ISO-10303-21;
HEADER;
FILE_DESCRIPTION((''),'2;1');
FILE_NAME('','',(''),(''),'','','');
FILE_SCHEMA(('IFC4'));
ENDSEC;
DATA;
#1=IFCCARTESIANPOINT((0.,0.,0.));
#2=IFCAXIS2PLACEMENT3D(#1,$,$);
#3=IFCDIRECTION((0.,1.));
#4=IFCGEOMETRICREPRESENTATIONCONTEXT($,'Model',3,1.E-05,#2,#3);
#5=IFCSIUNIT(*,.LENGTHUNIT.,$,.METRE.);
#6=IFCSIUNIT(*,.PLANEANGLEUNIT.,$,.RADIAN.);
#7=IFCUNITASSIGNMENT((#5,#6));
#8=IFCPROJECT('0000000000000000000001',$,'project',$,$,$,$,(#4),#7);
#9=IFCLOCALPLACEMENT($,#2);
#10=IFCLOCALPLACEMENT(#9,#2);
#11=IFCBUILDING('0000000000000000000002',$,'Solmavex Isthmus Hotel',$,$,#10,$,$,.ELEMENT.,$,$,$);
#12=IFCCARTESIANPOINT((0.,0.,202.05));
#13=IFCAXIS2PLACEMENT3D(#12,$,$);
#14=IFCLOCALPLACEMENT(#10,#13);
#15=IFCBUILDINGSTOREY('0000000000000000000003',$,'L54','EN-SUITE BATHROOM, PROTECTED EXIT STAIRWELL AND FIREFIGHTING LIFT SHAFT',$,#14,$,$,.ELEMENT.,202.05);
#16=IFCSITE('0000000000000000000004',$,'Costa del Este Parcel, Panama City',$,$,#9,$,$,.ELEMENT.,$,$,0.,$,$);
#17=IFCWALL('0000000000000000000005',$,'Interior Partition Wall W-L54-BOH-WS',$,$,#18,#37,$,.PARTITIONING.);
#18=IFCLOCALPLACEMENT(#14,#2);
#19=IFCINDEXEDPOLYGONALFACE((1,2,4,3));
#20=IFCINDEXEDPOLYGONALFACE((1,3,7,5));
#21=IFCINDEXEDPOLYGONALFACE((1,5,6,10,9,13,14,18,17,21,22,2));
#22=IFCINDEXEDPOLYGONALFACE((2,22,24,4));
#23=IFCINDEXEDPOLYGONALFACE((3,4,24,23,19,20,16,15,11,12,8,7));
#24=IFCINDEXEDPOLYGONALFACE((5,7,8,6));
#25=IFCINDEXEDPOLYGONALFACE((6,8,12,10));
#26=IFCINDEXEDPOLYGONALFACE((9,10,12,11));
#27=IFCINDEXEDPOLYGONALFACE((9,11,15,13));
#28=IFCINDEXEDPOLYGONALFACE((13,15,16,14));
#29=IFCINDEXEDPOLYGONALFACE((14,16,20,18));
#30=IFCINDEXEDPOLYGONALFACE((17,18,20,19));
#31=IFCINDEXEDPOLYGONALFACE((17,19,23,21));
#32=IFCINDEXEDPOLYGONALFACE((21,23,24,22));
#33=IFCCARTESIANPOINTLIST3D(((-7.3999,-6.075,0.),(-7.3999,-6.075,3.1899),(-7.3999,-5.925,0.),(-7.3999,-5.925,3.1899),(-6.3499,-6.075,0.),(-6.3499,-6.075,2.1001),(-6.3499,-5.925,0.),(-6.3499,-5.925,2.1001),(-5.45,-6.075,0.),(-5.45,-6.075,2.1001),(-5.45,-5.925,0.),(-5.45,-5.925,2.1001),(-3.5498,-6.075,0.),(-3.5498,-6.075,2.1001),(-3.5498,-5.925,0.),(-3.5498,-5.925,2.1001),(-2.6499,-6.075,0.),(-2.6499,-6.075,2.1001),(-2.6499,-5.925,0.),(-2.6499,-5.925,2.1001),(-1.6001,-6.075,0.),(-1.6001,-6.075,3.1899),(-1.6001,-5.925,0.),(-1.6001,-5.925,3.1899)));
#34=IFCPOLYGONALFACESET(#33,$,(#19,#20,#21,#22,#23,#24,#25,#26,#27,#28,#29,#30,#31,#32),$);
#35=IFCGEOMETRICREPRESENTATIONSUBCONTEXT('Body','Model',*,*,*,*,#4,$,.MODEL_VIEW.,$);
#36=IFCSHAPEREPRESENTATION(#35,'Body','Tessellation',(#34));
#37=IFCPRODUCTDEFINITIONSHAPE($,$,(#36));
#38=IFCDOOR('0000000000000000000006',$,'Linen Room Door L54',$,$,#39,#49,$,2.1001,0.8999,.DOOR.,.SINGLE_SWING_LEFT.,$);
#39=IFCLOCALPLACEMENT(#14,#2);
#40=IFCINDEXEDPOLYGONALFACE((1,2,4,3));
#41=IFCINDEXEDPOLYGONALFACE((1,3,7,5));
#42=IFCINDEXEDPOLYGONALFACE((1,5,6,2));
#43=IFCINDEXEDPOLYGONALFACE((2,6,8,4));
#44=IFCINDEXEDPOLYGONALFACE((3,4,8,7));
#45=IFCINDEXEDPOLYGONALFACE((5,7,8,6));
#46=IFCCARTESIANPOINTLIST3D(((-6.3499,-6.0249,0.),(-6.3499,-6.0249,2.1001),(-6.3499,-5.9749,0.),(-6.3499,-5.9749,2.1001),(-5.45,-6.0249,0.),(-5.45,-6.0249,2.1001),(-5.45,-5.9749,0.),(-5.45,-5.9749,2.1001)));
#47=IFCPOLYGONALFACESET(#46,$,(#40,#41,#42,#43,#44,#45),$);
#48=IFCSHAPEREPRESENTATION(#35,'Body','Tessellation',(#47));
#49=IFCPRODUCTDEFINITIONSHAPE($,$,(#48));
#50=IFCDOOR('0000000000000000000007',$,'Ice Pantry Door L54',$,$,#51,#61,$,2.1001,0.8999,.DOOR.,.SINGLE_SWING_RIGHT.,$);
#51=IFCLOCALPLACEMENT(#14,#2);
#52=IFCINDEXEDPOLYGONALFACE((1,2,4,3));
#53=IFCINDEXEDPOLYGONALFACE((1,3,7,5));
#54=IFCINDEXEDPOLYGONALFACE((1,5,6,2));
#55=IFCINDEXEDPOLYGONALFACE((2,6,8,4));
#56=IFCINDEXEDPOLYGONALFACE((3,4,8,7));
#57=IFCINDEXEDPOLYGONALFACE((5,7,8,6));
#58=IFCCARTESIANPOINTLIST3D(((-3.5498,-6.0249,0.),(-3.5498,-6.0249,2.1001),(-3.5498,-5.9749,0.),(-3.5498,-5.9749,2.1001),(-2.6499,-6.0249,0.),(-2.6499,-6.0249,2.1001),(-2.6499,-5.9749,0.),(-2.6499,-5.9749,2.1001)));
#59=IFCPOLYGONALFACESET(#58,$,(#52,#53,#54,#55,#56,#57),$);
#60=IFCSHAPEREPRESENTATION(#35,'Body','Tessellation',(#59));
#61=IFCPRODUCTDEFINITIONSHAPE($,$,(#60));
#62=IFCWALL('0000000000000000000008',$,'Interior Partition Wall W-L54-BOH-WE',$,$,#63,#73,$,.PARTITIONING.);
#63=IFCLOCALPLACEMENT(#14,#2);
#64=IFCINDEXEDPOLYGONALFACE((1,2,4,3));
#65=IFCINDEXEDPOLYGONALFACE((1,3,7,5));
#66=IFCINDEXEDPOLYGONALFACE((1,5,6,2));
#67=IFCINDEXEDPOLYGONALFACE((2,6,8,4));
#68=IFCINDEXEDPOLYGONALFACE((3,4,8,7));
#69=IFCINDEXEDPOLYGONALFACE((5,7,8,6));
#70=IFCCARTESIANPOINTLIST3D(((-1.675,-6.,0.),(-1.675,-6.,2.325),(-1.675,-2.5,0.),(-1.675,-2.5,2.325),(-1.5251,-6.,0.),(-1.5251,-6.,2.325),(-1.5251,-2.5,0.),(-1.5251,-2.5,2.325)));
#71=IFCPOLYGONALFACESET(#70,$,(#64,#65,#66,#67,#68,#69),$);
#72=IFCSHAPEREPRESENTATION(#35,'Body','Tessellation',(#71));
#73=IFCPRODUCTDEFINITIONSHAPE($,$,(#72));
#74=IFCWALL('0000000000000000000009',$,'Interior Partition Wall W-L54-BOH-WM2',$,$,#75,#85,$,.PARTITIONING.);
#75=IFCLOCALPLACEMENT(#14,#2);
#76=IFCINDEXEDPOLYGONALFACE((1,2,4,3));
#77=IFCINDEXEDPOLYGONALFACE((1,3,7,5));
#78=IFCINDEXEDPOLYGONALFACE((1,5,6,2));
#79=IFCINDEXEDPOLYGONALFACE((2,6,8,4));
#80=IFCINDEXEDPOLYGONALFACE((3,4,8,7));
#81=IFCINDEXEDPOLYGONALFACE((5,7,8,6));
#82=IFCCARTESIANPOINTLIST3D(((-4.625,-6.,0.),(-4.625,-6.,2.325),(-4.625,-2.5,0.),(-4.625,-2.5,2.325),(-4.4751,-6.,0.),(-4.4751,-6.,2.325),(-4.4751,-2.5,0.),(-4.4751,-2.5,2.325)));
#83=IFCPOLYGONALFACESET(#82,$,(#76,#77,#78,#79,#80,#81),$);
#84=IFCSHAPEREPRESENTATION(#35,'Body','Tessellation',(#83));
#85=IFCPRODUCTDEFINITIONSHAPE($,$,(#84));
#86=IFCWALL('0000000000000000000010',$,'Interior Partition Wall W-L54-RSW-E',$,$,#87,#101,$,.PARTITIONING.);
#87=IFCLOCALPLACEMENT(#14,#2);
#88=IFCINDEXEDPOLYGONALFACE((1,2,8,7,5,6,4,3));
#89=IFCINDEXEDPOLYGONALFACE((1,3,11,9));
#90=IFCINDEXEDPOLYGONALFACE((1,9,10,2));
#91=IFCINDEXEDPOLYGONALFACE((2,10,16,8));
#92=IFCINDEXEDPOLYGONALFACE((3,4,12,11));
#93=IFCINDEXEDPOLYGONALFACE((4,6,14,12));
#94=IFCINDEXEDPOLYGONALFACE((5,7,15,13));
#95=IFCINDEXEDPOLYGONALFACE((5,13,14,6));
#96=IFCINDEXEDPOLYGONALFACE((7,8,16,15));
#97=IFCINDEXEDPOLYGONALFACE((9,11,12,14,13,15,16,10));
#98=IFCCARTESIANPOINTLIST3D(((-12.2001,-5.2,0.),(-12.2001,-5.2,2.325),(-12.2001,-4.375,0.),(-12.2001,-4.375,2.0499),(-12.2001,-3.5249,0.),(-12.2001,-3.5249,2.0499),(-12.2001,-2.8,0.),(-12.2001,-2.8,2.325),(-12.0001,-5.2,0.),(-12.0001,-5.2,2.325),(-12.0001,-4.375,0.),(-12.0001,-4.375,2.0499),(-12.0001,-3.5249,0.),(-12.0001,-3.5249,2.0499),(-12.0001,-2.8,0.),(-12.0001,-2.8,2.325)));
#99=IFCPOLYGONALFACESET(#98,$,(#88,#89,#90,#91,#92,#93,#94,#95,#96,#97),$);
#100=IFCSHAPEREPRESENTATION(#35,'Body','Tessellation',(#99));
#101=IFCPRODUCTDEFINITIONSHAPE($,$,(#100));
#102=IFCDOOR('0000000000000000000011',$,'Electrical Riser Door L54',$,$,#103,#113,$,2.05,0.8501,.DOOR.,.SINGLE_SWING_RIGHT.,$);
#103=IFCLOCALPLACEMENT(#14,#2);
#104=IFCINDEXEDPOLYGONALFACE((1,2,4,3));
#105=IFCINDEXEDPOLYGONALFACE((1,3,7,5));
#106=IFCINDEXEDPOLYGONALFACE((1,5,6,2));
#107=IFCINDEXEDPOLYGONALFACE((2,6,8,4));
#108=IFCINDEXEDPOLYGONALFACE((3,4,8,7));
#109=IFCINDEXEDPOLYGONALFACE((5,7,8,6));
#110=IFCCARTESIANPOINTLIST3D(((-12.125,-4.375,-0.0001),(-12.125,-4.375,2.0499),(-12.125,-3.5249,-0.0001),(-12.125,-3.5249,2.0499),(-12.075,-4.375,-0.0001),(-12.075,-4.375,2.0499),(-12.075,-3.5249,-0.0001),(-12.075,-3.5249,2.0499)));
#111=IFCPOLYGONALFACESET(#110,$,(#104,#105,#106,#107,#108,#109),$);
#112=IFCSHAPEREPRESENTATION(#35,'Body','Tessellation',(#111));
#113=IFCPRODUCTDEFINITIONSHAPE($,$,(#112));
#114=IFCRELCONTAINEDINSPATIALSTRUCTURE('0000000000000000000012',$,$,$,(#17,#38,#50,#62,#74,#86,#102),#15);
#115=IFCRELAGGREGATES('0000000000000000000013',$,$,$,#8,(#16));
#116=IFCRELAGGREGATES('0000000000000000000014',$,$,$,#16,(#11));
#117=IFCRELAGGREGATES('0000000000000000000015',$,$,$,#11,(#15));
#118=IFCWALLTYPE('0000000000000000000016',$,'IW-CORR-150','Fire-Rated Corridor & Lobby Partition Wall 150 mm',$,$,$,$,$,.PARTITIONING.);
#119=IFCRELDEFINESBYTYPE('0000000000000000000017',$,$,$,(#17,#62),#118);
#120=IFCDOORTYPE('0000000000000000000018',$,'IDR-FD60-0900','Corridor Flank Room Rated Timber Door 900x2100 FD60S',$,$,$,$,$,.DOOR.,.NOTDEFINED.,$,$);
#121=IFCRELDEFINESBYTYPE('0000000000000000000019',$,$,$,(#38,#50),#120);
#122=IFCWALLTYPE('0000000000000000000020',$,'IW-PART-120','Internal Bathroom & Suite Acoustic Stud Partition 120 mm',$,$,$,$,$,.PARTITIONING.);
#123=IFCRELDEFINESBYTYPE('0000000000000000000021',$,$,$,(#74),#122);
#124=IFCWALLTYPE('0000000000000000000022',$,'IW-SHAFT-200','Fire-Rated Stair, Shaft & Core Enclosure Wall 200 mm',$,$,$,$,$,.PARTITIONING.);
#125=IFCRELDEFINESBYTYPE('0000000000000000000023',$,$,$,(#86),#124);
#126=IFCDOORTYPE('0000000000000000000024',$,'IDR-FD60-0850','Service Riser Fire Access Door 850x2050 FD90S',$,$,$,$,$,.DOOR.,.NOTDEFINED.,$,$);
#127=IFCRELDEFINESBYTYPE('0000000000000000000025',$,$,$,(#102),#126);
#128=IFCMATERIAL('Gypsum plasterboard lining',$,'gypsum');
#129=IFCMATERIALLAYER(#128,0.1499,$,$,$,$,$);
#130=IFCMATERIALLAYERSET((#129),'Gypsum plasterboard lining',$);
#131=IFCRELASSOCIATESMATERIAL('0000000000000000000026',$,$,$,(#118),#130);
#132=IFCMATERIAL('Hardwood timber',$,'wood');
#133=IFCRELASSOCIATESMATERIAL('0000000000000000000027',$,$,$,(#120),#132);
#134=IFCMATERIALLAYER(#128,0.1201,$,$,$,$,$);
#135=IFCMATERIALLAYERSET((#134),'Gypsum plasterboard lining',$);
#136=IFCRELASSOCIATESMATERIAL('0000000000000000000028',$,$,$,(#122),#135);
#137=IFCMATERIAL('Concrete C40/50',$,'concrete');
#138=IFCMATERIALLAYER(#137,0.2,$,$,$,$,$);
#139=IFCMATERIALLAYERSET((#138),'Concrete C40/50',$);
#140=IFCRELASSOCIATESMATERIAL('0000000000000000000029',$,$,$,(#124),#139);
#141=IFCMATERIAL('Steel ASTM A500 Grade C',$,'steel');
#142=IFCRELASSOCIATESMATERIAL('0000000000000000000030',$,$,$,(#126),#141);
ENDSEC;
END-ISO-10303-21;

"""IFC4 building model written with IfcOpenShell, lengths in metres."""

from ifc_helpers import new_model, si_unit, direction, frame, frame_2d, origin, place, context, subcontext, project, spatial, rectangle, extrude, material, layer, layer_set, type_object, element, fill, save


model = new_model("IFC4")

# Units and contexts
model_context = context("Model", 3, precision=1e-05, world=origin(), true_north=direction((0.0, 1.0)))
body_context = subcontext(model_context, "Body", "Model", "MODEL_VIEW")
ifc_project = project(units=[si_unit("LENGTHUNIT", "METRE"), si_unit("PLANEANGLEUNIT", "RADIAN")], contexts=[model_context])

# Site, building, storey
site_placement = place(None, origin())
site = spatial("IfcSite", under=ifc_project, at=site_placement, Name="Costa del Este Parcel, Panama City", CompositionType="ELEMENT", RefElevation=0.0)
building_placement = place(site_placement, origin())
building = spatial("IfcBuilding", under=site, at=building_placement, Name="Solmavex Isthmus Hotel", CompositionType="ELEMENT")
storey_placement = place(building_placement, frame((0.0, 0.0, 202.05)))
storey = spatial("IfcBuildingStorey", under=building, at=storey_placement, Name="L54", Description="EN-SUITE BATHROOM, PROTECTED EXIT STAIRWELL AND FIREFIGHTING LIFT SHAFT", CompositionType="ELEMENT", Elevation=202.05)

# Shared definitions
ifc_material_1 = material(Name="Concrete C40/50", Category="concrete")

# Shared definitions
ifc_material_2 = material(Name="Gypsum plasterboard lining", Category="gypsum")
ifc_material_3 = material(Name="Hardwood timber", Category="wood")

# Wall, openings, doors
ifc_layer_1 = layer(ifc_material_2, 0.1499)
ifc_layer_set_1 = layer_set([ifc_layer_1], Name="Gypsum plasterboard lining")
wall_type_1 = type_object("IfcWallType", Name="IW-CORR-150", Description="Fire-Rated Corridor & Lobby Partition Wall 150 mm", PredefinedType="PARTITIONING", material=ifc_layer_set_1)
wall_1_placement = place(storey_placement, frame((-7.3999, -6.0, 0.0), z_axis=(0.0, 0.0, 1.0), x_axis=(1.0, 0.0, 0.0)))
wall_1 = element("IfcWall", 1, at=wall_1_placement, inside=storey, type_object=wall_type_1, Name="Interior Partition Wall W-L54-BOH-WS", PredefinedType="PARTITIONING", context=body_context, shape_type="SweptSolid", body=[
    extrude(rectangle(XDim=5.7998, YDim=0.1499, at=frame_2d((2.8999, 0.0))), origin(), (0.0, 0.0, 1.0), 3.1899),
])
opening_1_placement = place(wall_1_placement, frame((1.05, 0.0, 0.0)))
opening_1 = element("IfcOpeningElement", 2, at=opening_1_placement, cuts=wall_1, PredefinedType="OPENING", context=body_context, shape_type="SweptSolid", body=[
    extrude(rectangle(XDim=0.8999, YDim=2.1001, at=frame_2d((0.45, 1.05))), frame((0.0, 0.085, 0.0), z_axis=(0.0, -1.0, 0.0), x_axis=(1.0, 0.0, 0.0)), (0.0, 0.0, 1.0), 0.1699),
])
opening_2_placement = place(wall_1_placement, frame((3.8501, 0.0, 0.0)))
opening_2 = element("IfcOpeningElement", 3, at=opening_2_placement, cuts=wall_1, PredefinedType="OPENING", context=body_context, shape_type="SweptSolid", body=[
    extrude(rectangle(XDim=0.8999, YDim=2.1001, at=frame_2d((0.45, 1.05))), frame((0.0, 0.085, 0.0), z_axis=(0.0, -1.0, 0.0), x_axis=(1.0, 0.0, 0.0)), (0.0, 0.0, 1.0), 0.1699),
])
door_type_1 = type_object("IfcDoorType", Name="IDR-FD60-0900", Description="Corridor Flank Room Rated Timber Door 900x2100 FD60S", OperationType="NOTDEFINED", PredefinedType="DOOR", material=ifc_material_3)
door_1_placement = place(opening_1_placement, frame((0.8999, 0.0, 0.0), z_axis=(0.0, 0.0, 1.0), x_axis=(-1.0, 0.0, 0.0)))
door_1 = element("IfcDoor", 4, at=door_1_placement, inside=storey, type_object=door_type_1, Name="Linen Room Door L54", OperationType="SINGLE_SWING_LEFT", OverallHeight=2.1001, OverallWidth=0.8999, PredefinedType="DOOR", context=body_context, shape_type="SweptSolid", body=[
    extrude(rectangle(XDim=0.8999, YDim=2.1001, at=frame_2d((0.45, 1.05))), frame((0.0, 0.0249, 0.0), z_axis=(0.0, -1.0, 0.0), x_axis=(1.0, 0.0, 0.0)), (0.0, 0.0, 1.0), 0.05),
])
fill(opening_1, door_1)
door_2_placement = place(opening_2_placement, frame((0.8999, 0.0, 0.0), z_axis=(0.0, 0.0, 1.0), x_axis=(-1.0, 0.0, 0.0)))
door_2 = element("IfcDoor", 5, at=door_2_placement, inside=storey, type_object=door_type_1, Name="Ice Pantry Door L54", OperationType="SINGLE_SWING_RIGHT", OverallHeight=2.1001, OverallWidth=0.8999, PredefinedType="DOOR", context=body_context, shape_type="SweptSolid", body=[
    extrude(rectangle(XDim=0.8999, YDim=2.1001, at=frame_2d((0.45, 1.05))), frame((0.0, 0.0249, 0.0), z_axis=(0.0, -1.0, 0.0), x_axis=(1.0, 0.0, 0.0)), (0.0, 0.0, 1.0), 0.05),
])
fill(opening_2, door_2)

# Walls
wall_2_placement = place(storey_placement, frame((-1.6001, -6.0, 0.0), z_axis=(0.0, 0.0, 1.0), x_axis=(0.0, 1.0, 0.0)))
element("IfcWall", 6, at=wall_2_placement, inside=storey, type_object=wall_type_1, Name="Interior Partition Wall W-L54-BOH-WE", PredefinedType="PARTITIONING", context=body_context, shape_type="SweptSolid", body=[
    extrude(rectangle(XDim=3.5, YDim=0.1499, at=frame_2d((1.75, 0.0))), origin(), (0.0, 0.0, 1.0), 2.325),
])
ifc_layer_2 = layer(ifc_material_2, 0.1201)
ifc_layer_set_2 = layer_set([ifc_layer_2], Name="Gypsum plasterboard lining")
wall_type_2 = type_object("IfcWallType", Name="IW-PART-120", Description="Internal Bathroom & Suite Acoustic Stud Partition 120 mm", PredefinedType="PARTITIONING", material=ifc_layer_set_2)
wall_3_placement = place(storey_placement, frame((-4.55, -6.0, 0.0), z_axis=(0.0, 0.0, 1.0), x_axis=(0.0, 1.0, 0.0)))
element("IfcWall", 7, at=wall_3_placement, inside=storey, type_object=wall_type_2, Name="Interior Partition Wall W-L54-BOH-WM2", PredefinedType="PARTITIONING", context=body_context, shape_type="SweptSolid", body=[
    extrude(rectangle(XDim=3.5, YDim=0.1499, at=frame_2d((1.75, 0.0))), origin(), (0.0, 0.0, 1.0), 2.325),
])

# Wall, opening, door
ifc_layer_3 = layer(ifc_material_1, 0.2)
ifc_layer_set_3 = layer_set([ifc_layer_3], Name="Concrete C40/50")
wall_type_3 = type_object("IfcWallType", Name="IW-SHAFT-200", Description="Fire-Rated Stair, Shaft & Core Enclosure Wall 200 mm", PredefinedType="PARTITIONING", material=ifc_layer_set_3)
wall_4_placement = place(storey_placement, frame((-12.1001, -5.2, 0.0), z_axis=(0.0, 0.0, 1.0), x_axis=(0.0, 1.0, 0.0)))
wall_4 = element("IfcWall", 8, at=wall_4_placement, inside=storey, type_object=wall_type_3, Name="Interior Partition Wall W-L54-RSW-E", PredefinedType="PARTITIONING", context=body_context, shape_type="SweptSolid", body=[
    extrude(rectangle(XDim=2.3999, YDim=0.2, at=frame_2d((1.2, 0.0))), origin(), (0.0, 0.0, 1.0), 2.325),
])
opening_3_placement = place(wall_4_placement, frame((0.825, 0.0, 0.0)))
opening_3 = element("IfcOpeningElement", 9, at=opening_3_placement, cuts=wall_4, PredefinedType="OPENING", context=body_context, shape_type="SweptSolid", body=[
    extrude(rectangle(XDim=0.8501, YDim=2.05, at=frame_2d((0.425, 1.0249))), frame((0.0, 0.1099, 0.0), z_axis=(0.0, -1.0, 0.0), x_axis=(1.0, 0.0, 0.0)), (0.0, 0.0, 1.0), 0.22),
])
ifc_material_4 = material(Name="Steel ASTM A500 Grade C", Category="steel")
door_type_2 = type_object("IfcDoorType", Name="IDR-FD60-0850", Description="Service Riser Fire Access Door 850x2050 FD90S", OperationType="NOTDEFINED", PredefinedType="DOOR", material=ifc_material_4)
door_3_placement = place(opening_3_placement, origin())
door_3 = element("IfcDoor", 10, at=door_3_placement, inside=storey, type_object=door_type_2, Name="Electrical Riser Door L54", OperationType="SINGLE_SWING_RIGHT", OverallHeight=2.05, OverallWidth=0.8501, PredefinedType="DOOR", context=body_context, shape_type="SweptSolid", body=[
    extrude(rectangle(XDim=0.8501, YDim=2.05, at=frame_2d((0.425, 1.0249))), frame((0.0, 0.0249, 0.0), z_axis=(0.0, -1.0, 0.0), x_axis=(1.0, 0.0, 0.0)), (0.0, 0.0, 1.0), 0.05),
])
fill(opening_3, door_3)

save(model, "model.ifc")
